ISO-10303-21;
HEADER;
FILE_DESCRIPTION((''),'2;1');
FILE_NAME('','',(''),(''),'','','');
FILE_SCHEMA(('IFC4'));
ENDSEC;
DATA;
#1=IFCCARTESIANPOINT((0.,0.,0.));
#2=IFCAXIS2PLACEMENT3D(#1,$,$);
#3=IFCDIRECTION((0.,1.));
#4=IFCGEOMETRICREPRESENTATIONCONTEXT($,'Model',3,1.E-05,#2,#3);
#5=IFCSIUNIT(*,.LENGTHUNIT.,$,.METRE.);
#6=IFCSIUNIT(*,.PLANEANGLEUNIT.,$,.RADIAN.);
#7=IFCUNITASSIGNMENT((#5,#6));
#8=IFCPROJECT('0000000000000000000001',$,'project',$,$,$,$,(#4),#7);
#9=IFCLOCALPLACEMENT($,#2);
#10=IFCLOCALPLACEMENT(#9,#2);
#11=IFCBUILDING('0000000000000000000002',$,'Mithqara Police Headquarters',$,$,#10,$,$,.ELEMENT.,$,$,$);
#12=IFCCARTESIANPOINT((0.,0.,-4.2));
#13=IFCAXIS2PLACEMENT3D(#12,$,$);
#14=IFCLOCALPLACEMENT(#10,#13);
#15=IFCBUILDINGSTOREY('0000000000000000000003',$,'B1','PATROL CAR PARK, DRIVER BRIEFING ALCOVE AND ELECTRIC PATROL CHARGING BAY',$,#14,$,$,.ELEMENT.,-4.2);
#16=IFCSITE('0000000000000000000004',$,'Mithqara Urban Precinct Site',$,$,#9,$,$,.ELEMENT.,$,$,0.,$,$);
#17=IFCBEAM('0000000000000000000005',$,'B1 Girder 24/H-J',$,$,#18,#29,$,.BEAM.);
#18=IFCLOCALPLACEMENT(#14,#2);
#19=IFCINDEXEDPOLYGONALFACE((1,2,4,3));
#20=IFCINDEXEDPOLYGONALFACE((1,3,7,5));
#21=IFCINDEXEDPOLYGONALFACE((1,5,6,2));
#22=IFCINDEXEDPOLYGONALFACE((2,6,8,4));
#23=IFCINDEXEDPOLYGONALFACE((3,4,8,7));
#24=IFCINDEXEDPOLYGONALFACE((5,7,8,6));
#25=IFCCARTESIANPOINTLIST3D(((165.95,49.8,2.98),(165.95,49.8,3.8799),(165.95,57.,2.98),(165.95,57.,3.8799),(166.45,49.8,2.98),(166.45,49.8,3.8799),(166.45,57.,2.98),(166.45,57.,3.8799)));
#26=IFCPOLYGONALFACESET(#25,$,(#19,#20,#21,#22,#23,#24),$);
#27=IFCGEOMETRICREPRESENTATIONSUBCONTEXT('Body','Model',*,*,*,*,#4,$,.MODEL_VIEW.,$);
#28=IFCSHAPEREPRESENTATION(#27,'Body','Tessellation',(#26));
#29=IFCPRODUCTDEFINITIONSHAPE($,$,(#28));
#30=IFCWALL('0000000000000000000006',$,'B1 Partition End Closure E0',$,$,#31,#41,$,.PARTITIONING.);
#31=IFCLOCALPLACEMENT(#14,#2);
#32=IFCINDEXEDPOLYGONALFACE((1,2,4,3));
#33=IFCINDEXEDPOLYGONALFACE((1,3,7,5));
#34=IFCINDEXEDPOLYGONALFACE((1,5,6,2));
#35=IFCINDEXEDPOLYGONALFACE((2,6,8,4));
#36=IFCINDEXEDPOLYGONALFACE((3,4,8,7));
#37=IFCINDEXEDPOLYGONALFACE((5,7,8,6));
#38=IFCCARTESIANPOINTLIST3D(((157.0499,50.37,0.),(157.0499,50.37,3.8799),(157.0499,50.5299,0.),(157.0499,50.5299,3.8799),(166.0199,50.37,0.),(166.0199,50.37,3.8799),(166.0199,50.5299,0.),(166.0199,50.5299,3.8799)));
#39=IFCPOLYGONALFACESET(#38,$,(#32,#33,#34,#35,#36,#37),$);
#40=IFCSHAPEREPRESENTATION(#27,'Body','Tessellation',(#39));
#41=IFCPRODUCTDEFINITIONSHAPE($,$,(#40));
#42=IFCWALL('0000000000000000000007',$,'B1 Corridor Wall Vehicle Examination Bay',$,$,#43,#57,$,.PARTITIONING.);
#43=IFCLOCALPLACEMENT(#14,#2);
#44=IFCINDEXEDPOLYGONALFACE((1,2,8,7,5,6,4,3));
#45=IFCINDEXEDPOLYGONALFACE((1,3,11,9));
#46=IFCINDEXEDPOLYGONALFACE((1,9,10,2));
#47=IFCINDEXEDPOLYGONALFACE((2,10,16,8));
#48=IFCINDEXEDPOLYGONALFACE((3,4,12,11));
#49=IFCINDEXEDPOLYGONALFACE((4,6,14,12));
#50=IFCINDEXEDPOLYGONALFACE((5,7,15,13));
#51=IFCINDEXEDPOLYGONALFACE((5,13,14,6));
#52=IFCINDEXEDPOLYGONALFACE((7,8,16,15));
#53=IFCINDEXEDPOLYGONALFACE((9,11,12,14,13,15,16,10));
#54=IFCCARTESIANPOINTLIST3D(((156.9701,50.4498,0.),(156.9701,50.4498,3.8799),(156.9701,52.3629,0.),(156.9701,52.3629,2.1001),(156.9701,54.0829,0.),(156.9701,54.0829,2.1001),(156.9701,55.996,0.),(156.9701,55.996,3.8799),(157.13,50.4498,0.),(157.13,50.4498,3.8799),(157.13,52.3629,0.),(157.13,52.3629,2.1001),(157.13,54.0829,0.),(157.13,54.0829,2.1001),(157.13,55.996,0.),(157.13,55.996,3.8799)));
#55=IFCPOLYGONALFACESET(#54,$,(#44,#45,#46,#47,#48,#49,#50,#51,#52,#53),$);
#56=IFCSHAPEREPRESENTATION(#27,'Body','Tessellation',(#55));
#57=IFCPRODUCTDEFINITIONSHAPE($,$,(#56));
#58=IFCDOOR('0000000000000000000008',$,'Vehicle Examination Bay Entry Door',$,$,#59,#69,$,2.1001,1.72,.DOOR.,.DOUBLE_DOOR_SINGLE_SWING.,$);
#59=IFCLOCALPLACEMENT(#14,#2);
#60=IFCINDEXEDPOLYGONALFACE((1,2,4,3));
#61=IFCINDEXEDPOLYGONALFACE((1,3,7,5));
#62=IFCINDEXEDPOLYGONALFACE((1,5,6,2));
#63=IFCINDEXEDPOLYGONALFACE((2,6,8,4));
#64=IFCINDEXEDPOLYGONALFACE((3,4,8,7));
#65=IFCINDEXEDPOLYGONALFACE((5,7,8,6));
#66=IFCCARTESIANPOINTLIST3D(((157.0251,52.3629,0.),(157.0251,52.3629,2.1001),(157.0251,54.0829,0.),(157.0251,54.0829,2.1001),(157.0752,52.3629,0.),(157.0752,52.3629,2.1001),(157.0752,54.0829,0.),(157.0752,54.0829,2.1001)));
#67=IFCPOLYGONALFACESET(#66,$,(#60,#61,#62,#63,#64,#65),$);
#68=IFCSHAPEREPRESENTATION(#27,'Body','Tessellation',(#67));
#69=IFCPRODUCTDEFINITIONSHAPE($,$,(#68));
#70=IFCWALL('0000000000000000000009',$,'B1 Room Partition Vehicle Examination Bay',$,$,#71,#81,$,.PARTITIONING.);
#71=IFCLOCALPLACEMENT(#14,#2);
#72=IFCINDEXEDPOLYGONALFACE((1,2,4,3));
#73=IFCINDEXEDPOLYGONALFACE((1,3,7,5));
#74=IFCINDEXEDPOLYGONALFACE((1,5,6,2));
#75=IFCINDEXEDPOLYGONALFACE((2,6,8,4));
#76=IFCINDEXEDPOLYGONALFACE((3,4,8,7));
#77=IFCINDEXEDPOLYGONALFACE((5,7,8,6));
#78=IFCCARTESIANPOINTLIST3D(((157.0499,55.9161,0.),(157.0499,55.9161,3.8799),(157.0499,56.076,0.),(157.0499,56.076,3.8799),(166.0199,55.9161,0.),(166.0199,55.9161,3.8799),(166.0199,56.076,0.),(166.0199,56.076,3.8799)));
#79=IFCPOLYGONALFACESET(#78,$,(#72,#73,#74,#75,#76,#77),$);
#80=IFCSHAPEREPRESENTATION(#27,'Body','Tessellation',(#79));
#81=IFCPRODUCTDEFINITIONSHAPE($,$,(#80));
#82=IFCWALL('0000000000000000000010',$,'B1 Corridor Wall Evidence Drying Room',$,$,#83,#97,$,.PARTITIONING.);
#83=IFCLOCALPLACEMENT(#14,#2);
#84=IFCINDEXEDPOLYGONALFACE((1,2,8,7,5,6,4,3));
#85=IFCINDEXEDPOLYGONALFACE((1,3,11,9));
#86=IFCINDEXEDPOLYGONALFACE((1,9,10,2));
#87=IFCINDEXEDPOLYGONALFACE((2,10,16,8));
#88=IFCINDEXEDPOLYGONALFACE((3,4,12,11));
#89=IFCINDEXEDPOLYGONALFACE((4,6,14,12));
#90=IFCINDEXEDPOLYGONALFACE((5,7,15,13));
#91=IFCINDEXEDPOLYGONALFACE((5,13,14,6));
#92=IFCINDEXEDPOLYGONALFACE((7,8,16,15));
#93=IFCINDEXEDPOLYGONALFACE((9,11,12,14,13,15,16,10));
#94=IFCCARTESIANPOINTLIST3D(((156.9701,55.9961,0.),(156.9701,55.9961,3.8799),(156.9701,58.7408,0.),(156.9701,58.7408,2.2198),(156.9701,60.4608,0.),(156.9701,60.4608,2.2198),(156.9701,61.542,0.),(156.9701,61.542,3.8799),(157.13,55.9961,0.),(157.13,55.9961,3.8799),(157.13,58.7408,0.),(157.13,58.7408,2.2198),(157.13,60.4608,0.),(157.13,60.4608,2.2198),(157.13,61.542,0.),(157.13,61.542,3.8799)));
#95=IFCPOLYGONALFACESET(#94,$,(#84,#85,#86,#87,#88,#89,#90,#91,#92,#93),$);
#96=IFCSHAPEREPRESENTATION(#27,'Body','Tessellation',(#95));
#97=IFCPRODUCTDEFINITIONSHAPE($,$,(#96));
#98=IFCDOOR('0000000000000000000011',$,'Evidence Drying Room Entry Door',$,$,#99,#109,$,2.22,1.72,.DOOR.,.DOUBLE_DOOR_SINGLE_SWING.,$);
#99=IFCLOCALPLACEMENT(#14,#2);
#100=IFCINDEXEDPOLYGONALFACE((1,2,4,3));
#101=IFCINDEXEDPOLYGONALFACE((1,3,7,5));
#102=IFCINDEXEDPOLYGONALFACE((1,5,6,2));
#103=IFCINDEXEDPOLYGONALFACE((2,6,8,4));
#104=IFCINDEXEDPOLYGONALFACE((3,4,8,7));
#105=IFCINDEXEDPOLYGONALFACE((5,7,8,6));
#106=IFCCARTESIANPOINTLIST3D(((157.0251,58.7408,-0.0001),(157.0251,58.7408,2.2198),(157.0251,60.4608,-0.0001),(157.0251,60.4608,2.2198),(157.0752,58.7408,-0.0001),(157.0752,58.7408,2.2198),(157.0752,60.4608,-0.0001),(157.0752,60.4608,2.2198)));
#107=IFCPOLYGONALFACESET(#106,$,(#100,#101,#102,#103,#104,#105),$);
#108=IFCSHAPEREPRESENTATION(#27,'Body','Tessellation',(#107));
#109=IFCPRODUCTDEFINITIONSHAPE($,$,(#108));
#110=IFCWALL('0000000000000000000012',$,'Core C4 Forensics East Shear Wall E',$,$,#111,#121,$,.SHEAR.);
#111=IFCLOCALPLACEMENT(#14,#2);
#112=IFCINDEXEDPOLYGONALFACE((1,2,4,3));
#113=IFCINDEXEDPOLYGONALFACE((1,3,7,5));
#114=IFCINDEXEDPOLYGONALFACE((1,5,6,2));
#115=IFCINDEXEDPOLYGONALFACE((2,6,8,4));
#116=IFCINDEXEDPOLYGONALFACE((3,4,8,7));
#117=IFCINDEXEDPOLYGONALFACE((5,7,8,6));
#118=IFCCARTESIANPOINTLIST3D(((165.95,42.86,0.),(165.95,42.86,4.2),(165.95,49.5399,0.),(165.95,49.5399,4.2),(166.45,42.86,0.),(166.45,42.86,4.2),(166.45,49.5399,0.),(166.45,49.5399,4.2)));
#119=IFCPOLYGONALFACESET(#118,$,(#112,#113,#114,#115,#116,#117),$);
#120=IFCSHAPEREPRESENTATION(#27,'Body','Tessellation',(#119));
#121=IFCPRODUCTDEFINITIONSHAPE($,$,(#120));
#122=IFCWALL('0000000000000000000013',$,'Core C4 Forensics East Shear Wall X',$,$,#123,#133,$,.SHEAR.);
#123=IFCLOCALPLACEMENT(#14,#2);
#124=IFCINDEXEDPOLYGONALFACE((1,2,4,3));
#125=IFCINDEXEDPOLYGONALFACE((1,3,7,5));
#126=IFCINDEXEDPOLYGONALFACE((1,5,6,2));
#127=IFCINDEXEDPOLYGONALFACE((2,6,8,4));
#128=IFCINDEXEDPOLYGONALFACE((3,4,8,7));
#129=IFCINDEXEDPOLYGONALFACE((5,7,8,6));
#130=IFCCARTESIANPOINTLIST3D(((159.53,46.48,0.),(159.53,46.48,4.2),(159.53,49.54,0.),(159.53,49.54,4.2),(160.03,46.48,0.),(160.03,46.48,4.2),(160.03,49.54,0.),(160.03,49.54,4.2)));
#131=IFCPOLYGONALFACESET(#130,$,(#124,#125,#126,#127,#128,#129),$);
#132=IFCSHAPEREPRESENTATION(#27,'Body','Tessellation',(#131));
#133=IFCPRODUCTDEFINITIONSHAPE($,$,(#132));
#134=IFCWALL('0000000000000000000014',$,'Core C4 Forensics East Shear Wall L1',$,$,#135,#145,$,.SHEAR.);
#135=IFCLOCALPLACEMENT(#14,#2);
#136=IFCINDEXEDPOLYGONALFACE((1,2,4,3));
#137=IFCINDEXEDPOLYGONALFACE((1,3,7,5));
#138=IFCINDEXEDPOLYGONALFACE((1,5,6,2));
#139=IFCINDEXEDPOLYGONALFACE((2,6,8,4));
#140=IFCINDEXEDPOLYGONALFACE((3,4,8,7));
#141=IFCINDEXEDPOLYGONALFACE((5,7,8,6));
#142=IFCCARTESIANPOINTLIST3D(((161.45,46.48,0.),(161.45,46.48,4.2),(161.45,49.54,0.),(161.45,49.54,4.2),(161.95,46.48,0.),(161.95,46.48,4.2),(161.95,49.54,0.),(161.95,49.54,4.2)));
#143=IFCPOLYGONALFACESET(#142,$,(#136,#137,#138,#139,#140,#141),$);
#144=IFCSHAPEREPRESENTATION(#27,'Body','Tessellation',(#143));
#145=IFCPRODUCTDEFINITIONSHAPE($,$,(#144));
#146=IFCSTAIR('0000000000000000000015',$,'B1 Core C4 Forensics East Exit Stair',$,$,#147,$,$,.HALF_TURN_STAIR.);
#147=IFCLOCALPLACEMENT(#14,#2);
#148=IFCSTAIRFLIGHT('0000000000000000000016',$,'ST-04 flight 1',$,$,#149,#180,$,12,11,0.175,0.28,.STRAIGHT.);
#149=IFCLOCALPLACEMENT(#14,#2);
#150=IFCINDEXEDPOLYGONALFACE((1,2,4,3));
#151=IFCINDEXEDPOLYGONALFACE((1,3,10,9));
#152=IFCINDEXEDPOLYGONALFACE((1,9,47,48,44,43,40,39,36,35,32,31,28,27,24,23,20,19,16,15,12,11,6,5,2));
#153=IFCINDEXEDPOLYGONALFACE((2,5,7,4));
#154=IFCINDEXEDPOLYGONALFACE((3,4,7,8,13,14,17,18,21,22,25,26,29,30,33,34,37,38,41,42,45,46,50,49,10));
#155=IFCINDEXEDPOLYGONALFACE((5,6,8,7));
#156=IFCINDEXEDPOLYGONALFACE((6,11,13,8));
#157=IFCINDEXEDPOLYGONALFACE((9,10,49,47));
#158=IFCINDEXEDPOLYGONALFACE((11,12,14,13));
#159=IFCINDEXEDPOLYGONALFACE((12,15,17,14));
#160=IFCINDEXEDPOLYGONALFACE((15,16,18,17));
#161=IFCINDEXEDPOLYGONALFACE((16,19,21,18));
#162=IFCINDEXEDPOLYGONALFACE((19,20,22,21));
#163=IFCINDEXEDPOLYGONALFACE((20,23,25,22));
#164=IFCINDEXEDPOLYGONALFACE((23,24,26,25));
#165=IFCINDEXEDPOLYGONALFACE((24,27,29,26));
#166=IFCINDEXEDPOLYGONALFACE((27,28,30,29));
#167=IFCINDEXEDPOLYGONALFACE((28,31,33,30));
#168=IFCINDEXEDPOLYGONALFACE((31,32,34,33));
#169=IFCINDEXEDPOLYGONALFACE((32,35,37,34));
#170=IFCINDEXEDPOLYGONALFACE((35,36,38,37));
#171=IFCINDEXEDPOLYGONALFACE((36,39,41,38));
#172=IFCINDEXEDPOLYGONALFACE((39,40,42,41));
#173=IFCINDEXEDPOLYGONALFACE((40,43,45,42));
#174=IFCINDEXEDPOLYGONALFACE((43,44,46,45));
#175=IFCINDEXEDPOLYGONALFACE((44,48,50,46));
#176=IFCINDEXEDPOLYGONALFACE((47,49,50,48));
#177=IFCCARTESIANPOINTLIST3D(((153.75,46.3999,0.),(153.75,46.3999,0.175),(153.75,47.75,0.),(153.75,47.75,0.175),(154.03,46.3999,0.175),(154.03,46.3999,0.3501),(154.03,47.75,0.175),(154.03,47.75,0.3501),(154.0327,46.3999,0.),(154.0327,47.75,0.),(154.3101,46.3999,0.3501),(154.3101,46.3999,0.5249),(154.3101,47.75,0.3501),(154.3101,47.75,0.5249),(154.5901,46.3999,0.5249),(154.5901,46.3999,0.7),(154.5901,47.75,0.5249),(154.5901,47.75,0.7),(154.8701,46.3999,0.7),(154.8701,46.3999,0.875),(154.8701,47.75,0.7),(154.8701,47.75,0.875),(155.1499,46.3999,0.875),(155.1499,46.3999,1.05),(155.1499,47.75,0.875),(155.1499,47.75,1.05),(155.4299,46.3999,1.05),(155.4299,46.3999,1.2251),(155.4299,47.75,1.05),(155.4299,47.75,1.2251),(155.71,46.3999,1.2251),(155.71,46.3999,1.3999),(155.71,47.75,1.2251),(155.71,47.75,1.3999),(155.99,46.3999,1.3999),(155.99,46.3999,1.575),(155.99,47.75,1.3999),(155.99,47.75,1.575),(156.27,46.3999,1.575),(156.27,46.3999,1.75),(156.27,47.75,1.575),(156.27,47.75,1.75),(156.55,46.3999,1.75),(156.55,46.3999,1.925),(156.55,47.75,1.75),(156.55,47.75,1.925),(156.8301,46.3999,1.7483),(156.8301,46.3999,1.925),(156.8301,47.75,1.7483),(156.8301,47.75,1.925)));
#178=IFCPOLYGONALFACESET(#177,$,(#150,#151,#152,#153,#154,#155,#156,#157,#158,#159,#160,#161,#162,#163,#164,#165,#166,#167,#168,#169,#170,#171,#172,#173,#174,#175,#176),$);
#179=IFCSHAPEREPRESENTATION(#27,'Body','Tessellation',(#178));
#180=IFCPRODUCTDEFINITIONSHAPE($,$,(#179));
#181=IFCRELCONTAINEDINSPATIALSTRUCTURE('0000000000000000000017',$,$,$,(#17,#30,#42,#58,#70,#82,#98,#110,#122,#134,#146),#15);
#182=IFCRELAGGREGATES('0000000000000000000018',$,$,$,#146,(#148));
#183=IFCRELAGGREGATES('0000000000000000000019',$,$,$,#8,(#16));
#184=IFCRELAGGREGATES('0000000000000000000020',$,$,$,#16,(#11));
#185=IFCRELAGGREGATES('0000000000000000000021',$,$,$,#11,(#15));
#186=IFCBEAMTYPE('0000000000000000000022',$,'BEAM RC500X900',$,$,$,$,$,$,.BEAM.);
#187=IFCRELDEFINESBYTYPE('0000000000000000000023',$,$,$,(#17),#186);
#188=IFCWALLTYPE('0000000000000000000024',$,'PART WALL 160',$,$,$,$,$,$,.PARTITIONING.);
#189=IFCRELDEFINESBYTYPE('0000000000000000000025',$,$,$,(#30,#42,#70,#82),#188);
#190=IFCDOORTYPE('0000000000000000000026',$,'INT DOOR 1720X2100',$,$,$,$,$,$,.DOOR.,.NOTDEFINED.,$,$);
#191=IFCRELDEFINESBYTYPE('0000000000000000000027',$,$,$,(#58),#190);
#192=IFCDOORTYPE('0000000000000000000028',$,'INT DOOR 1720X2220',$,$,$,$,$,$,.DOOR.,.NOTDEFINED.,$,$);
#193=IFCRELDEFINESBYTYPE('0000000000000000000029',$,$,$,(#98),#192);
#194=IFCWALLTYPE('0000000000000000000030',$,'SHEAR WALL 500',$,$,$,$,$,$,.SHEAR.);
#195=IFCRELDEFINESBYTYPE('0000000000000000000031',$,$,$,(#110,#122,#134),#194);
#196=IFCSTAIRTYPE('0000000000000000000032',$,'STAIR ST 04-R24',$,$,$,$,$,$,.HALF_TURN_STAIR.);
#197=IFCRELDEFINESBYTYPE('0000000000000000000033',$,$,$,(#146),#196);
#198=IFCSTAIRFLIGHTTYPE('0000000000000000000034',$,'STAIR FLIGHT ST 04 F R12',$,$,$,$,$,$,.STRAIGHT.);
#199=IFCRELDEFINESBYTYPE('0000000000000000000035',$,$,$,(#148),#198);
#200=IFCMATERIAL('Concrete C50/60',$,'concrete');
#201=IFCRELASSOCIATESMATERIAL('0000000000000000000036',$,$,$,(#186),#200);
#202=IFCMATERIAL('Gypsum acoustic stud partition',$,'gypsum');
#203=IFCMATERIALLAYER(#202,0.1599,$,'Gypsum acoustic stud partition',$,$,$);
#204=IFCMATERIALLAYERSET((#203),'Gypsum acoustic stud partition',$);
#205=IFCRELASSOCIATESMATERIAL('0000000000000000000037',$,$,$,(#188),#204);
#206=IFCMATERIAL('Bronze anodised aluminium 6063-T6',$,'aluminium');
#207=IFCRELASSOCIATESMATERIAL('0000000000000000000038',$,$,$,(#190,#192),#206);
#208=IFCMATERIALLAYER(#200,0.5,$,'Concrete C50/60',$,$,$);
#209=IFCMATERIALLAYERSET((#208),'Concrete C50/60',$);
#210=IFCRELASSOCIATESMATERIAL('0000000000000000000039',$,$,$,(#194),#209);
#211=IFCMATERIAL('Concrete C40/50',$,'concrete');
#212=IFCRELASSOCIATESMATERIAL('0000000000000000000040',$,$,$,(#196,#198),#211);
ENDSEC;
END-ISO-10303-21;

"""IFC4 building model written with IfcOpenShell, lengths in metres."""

from ifc_helpers import new_model, si_unit, direction, frame, frame_2d, origin, origin_2d, place, context, subcontext, project, spatial, polyline, rectangle, outline, extrude, material, layer, layer_set, material_profile, profile_set, type_object, element, fill, aggregate, save


model = new_model("IFC4")

# Units and contexts
model_context = context("Model", 3, precision=1e-05, world=origin(), true_north=direction((0.0, 1.0)))
body_context = subcontext(model_context, "Body", "Model", "MODEL_VIEW")
ifc_project = project(units=[si_unit("LENGTHUNIT", "METRE"), si_unit("PLANEANGLEUNIT", "RADIAN")], contexts=[model_context])

# Site, building, storey
site_placement = place(None, origin())
site = spatial("IfcSite", under=ifc_project, at=site_placement, Name="Mithqara Urban Precinct Site", CompositionType="ELEMENT", RefElevation=0.0)
building_placement = place(site_placement, origin())
building = spatial("IfcBuilding", under=site, at=building_placement, Name="Mithqara Police Headquarters", CompositionType="ELEMENT")
storey_placement = place(building_placement, frame((0.0, 0.0, -4.2)))
storey = spatial("IfcBuildingStorey", under=building, at=storey_placement, Name="B1", Description="PATROL CAR PARK, DRIVER BRIEFING ALCOVE AND ELECTRIC PATROL CHARGING BAY", CompositionType="ELEMENT", Elevation=-4.2)

# Shared definitions
ifc_material_1 = material(Name="Concrete C50/60", Category="concrete")

# Beam
ifc_material_2 = material(Name="Concrete C40/50", Category="concrete")
ifc_material_profile_1 = material_profile(ifc_material_1, rectangle(XDim=0.5, YDim=0.8999, at=origin_2d()), Name="RC 500x900")
ifc_profile_set_1 = profile_set([ifc_material_profile_1], Name="Concrete C50/60")
beam_type_1 = type_object("IfcBeamType", Name="BEAM RC500X900", PredefinedType="BEAM", material=ifc_profile_set_1)
beam_1_placement = place(storey_placement, frame((166.2, 49.8, 3.4299), z_axis=(0.0, 1.0, 0.0), x_axis=(-1.0, 0.0, 0.0)))
element("IfcBeam", 1, at=beam_1_placement, inside=storey, type_object=beam_type_1, Name="B1 Girder 24/H-J", PredefinedType="BEAM", context=body_context, shape_type="SweptSolid", body=[
    extrude(rectangle(XDim=0.5, YDim=0.8999, at=origin_2d()), origin(), (0.0, 0.0, 1.0), 7.2),
])

# Wall
ifc_material_3 = material(Name="Gypsum acoustic stud partition", Category="gypsum")
ifc_layer_1 = layer(ifc_material_3, 0.1599, Name="Gypsum acoustic stud partition")
ifc_layer_set_1 = layer_set([ifc_layer_1], Name="Gypsum acoustic stud partition")
wall_type_1 = type_object("IfcWallType", Name="PART WALL 160", PredefinedType="PARTITIONING", material=ifc_layer_set_1)
wall_1_placement = place(storey_placement, frame((157.05, 50.45, 0.0), z_axis=(0.0, 0.0, 1.0), x_axis=(1.0, 0.0, 0.0)))
element("IfcWall", 2, at=wall_1_placement, inside=storey, type_object=wall_type_1, Name="B1 Partition End Closure E0", PredefinedType="PARTITIONING", context=body_context, shape_type="SweptSolid", body=[
    extrude(rectangle(XDim=8.97, YDim=0.1599, at=frame_2d((4.4849, 0.0))), origin(), (0.0, 0.0, 1.0), 3.8799),
])

# Wall, opening, door
wall_2_placement = place(storey_placement, frame((157.05, 50.45, 0.0), z_axis=(0.0, 0.0, 1.0), x_axis=(0.0, 1.0, 0.0)))
wall_2 = element("IfcWall", 3, at=wall_2_placement, inside=storey, type_object=wall_type_1, Name="B1 Corridor Wall Vehicle Examination Bay", PredefinedType="PARTITIONING", context=body_context, shape_type="SweptSolid", body=[
    extrude(rectangle(XDim=5.5461, YDim=0.1599, at=frame_2d((2.7729, 0.0))), origin(), (0.0, 0.0, 1.0), 3.8799),
])
opening_1_placement = place(wall_2_placement, frame((1.9131, 0.0, 0.0)))
opening_1 = element("IfcOpeningElement", 4, at=opening_1_placement, cuts=wall_2, PredefinedType="OPENING", context=body_context, shape_type="SweptSolid", body=[
    extrude(rectangle(XDim=1.72, YDim=2.1001, at=frame_2d((0.8599, 1.05))), frame((0.0, 0.0898, 0.0), z_axis=(0.0, -1.0, 0.0), x_axis=(1.0, 0.0, 0.0)), (0.0, 0.0, 1.0), 0.1799),
])
ifc_material_4 = material(Name="Bronze anodised aluminium 6063-T6", Category="aluminium")
door_type_1 = type_object("IfcDoorType", Name="INT DOOR 1720X2100", OperationType="NOTDEFINED", PredefinedType="DOOR", material=ifc_material_4)
door_1_placement = place(opening_1_placement, origin())
door_1 = element("IfcDoor", 5, at=door_1_placement, inside=storey, type_object=door_type_1, Name="Vehicle Examination Bay Entry Door", OperationType="DOUBLE_DOOR_SINGLE_SWING", OverallHeight=2.1001, OverallWidth=1.72, PredefinedType="DOOR", context=body_context, shape_type="SweptSolid", body=[
    extrude(rectangle(XDim=1.72, YDim=2.1001, at=frame_2d((0.8599, 1.05))), frame((0.0, 0.0249, 0.0), z_axis=(0.0, -1.0, 0.0), x_axis=(1.0, 0.0, 0.0)), (0.0, 0.0, 1.0), 0.05),
])
fill(opening_1, door_1)

# Wall
wall_3_placement = place(storey_placement, frame((157.05, 55.9961, 0.0), z_axis=(0.0, 0.0, 1.0), x_axis=(1.0, 0.0, 0.0)))
element("IfcWall", 6, at=wall_3_placement, inside=storey, type_object=wall_type_1, Name="B1 Room Partition Vehicle Examination Bay", PredefinedType="PARTITIONING", context=body_context, shape_type="SweptSolid", body=[
    extrude(rectangle(XDim=8.97, YDim=0.1599, at=frame_2d((4.4849, 0.0))), origin(), (0.0, 0.0, 1.0), 3.8799),
])

# Wall, opening, door
wall_4_placement = place(storey_placement, frame((157.05, 55.9961, 0.0), z_axis=(0.0, 0.0, 1.0), x_axis=(0.0, 1.0, 0.0)))
wall_4 = element("IfcWall", 7, at=wall_4_placement, inside=storey, type_object=wall_type_1, Name="B1 Corridor Wall Evidence Drying Room", PredefinedType="PARTITIONING", context=body_context, shape_type="SweptSolid", body=[
    extrude(rectangle(XDim=5.5459, YDim=0.1599, at=frame_2d((2.7729, 0.0))), origin(), (0.0, 0.0, 1.0), 3.8799),
])
opening_2_placement = place(wall_4_placement, frame((2.7449, 0.0, 0.0)))
opening_2 = element("IfcOpeningElement", 8, at=opening_2_placement, cuts=wall_4, PredefinedType="OPENING", context=body_context, shape_type="SweptSolid", body=[
    extrude(rectangle(XDim=1.72, YDim=2.22, at=frame_2d((0.8599, 1.1099))), frame((0.0, 0.0898, 0.0), z_axis=(0.0, -1.0, 0.0), x_axis=(1.0, 0.0, 0.0)), (0.0, 0.0, 1.0), 0.1799),
])
door_type_2 = type_object("IfcDoorType", Name="INT DOOR 1720X2220", OperationType="NOTDEFINED", PredefinedType="DOOR", material=ifc_material_4)
door_2_placement = place(opening_2_placement, origin())
door_2 = element("IfcDoor", 9, at=door_2_placement, inside=storey, type_object=door_type_2, Name="Evidence Drying Room Entry Door", OperationType="DOUBLE_DOOR_SINGLE_SWING", OverallHeight=2.22, OverallWidth=1.72, PredefinedType="DOOR", context=body_context, shape_type="SweptSolid", body=[
    extrude(rectangle(XDim=1.72, YDim=2.22, at=frame_2d((0.8599, 1.1099))), frame((0.0, 0.0249, 0.0), z_axis=(0.0, -1.0, 0.0), x_axis=(1.0, 0.0, 0.0)), (0.0, 0.0, 1.0), 0.05),
])
fill(opening_2, door_2)

# Walls
ifc_layer_2 = layer(ifc_material_1, 0.5, Name="Concrete C50/60")
ifc_layer_set_2 = layer_set([ifc_layer_2], Name="Concrete C50/60")
wall_type_2 = type_object("IfcWallType", Name="SHEAR WALL 500", PredefinedType="SHEAR", material=ifc_layer_set_2)
wall_5_placement = place(storey_placement, frame((166.2, 42.8601, 0.0), z_axis=(0.0, 0.0, 1.0), x_axis=(0.0, 1.0, 0.0)))
element("IfcWall", 10, at=wall_5_placement, inside=storey, type_object=wall_type_2, Name="Core C4 Forensics East Shear Wall E", PredefinedType="SHEAR", context=body_context, shape_type="SweptSolid", body=[
    extrude(rectangle(XDim=6.6799, YDim=0.5, at=frame_2d((3.3398, 0.0))), origin(), (0.0, 0.0, 1.0), 4.2),
])
for number, where, z_axis, x_axis, name in (
    (11, (159.78, 46.48, 0.0), (0.0, 0.0, 1.0), (0.0, 1.0, 0.0), "Core C4 Forensics East Shear Wall X"),
    (12, (161.7, 46.48, 0.0), (0.0, 0.0, 1.0), (0.0, 1.0, 0.0), "Core C4 Forensics East Shear Wall L1"),
):
    element("IfcWall", number, at=place(storey_placement, frame(where, z_axis=z_axis, x_axis=x_axis)), inside=storey, type_object=wall_type_2, Name=name, PredefinedType="SHEAR", context=body_context, shape_type="SweptSolid", body=[
        extrude(rectangle(XDim=3.0601, YDim=0.5, at=frame_2d((1.53, 0.0))), origin(), (0.0, 0.0, 1.0), 4.2),
    ])

# Stair, stair flight
stair_type = type_object("IfcStairType", Name="STAIR ST 04-R24", PredefinedType="HALF_TURN_STAIR", material=ifc_material_2)
stair_placement = place(storey_placement, origin())
stair = element("IfcStair", 13, at=stair_placement, inside=storey, type_object=stair_type, Name="B1 Core C4 Forensics East Exit Stair", PredefinedType="HALF_TURN_STAIR")
stair_flight_type = type_object("IfcStairFlightType", Name="STAIR FLIGHT ST 04 F R12", PredefinedType="STRAIGHT", material=ifc_material_2)
stair_flight_1_placement = place(storey_placement, frame((153.75, 47.075, 0.0), z_axis=(0.0, 0.0, 1.0), x_axis=(1.0, 0.0, 0.0)))
stair_flight_1 = element("IfcStairFlight", 14, at=stair_flight_1_placement, type_object=stair_flight_type, Name="ST-04 flight 1", NumberOfRisers=12, NumberOfTreads=11, PredefinedType="STRAIGHT", RiserHeight=0.175, TreadLength=0.28, context=body_context, shape_type="SweptSolid", body=[
    extrude(outline(polyline([(0.0, 0.0), (0.0, 0.175), (0.28, 0.175), (0.28, 0.3501), (0.5601, 0.3501), (0.5601, 0.5249), (0.8401, 0.5249), (0.8401, 0.7), (1.1201, 0.7), (1.1201, 0.875), (1.3999, 0.875), (1.3999, 1.05), (1.6799, 1.05), (1.6799, 1.2251), (1.96, 1.2251), (1.96, 1.3999), (2.24, 1.3999), (2.24, 1.575), (2.52, 1.575), (2.52, 1.75), (2.8, 1.75), (2.8, 1.925), (3.0801, 1.925), (3.0801, 2.1001), (3.0801, 1.7483), (0.2827, 0.0), (0.0, 0.0)])), frame((0.0, 0.675, 0.0), z_axis=(0.0, -1.0, 0.0), x_axis=(1.0, 0.0, 0.0)), (0.0, 0.0, 1.0), 1.3501),
])
aggregate(stair, [stair_flight_1])

save(model, "model.ifc")
